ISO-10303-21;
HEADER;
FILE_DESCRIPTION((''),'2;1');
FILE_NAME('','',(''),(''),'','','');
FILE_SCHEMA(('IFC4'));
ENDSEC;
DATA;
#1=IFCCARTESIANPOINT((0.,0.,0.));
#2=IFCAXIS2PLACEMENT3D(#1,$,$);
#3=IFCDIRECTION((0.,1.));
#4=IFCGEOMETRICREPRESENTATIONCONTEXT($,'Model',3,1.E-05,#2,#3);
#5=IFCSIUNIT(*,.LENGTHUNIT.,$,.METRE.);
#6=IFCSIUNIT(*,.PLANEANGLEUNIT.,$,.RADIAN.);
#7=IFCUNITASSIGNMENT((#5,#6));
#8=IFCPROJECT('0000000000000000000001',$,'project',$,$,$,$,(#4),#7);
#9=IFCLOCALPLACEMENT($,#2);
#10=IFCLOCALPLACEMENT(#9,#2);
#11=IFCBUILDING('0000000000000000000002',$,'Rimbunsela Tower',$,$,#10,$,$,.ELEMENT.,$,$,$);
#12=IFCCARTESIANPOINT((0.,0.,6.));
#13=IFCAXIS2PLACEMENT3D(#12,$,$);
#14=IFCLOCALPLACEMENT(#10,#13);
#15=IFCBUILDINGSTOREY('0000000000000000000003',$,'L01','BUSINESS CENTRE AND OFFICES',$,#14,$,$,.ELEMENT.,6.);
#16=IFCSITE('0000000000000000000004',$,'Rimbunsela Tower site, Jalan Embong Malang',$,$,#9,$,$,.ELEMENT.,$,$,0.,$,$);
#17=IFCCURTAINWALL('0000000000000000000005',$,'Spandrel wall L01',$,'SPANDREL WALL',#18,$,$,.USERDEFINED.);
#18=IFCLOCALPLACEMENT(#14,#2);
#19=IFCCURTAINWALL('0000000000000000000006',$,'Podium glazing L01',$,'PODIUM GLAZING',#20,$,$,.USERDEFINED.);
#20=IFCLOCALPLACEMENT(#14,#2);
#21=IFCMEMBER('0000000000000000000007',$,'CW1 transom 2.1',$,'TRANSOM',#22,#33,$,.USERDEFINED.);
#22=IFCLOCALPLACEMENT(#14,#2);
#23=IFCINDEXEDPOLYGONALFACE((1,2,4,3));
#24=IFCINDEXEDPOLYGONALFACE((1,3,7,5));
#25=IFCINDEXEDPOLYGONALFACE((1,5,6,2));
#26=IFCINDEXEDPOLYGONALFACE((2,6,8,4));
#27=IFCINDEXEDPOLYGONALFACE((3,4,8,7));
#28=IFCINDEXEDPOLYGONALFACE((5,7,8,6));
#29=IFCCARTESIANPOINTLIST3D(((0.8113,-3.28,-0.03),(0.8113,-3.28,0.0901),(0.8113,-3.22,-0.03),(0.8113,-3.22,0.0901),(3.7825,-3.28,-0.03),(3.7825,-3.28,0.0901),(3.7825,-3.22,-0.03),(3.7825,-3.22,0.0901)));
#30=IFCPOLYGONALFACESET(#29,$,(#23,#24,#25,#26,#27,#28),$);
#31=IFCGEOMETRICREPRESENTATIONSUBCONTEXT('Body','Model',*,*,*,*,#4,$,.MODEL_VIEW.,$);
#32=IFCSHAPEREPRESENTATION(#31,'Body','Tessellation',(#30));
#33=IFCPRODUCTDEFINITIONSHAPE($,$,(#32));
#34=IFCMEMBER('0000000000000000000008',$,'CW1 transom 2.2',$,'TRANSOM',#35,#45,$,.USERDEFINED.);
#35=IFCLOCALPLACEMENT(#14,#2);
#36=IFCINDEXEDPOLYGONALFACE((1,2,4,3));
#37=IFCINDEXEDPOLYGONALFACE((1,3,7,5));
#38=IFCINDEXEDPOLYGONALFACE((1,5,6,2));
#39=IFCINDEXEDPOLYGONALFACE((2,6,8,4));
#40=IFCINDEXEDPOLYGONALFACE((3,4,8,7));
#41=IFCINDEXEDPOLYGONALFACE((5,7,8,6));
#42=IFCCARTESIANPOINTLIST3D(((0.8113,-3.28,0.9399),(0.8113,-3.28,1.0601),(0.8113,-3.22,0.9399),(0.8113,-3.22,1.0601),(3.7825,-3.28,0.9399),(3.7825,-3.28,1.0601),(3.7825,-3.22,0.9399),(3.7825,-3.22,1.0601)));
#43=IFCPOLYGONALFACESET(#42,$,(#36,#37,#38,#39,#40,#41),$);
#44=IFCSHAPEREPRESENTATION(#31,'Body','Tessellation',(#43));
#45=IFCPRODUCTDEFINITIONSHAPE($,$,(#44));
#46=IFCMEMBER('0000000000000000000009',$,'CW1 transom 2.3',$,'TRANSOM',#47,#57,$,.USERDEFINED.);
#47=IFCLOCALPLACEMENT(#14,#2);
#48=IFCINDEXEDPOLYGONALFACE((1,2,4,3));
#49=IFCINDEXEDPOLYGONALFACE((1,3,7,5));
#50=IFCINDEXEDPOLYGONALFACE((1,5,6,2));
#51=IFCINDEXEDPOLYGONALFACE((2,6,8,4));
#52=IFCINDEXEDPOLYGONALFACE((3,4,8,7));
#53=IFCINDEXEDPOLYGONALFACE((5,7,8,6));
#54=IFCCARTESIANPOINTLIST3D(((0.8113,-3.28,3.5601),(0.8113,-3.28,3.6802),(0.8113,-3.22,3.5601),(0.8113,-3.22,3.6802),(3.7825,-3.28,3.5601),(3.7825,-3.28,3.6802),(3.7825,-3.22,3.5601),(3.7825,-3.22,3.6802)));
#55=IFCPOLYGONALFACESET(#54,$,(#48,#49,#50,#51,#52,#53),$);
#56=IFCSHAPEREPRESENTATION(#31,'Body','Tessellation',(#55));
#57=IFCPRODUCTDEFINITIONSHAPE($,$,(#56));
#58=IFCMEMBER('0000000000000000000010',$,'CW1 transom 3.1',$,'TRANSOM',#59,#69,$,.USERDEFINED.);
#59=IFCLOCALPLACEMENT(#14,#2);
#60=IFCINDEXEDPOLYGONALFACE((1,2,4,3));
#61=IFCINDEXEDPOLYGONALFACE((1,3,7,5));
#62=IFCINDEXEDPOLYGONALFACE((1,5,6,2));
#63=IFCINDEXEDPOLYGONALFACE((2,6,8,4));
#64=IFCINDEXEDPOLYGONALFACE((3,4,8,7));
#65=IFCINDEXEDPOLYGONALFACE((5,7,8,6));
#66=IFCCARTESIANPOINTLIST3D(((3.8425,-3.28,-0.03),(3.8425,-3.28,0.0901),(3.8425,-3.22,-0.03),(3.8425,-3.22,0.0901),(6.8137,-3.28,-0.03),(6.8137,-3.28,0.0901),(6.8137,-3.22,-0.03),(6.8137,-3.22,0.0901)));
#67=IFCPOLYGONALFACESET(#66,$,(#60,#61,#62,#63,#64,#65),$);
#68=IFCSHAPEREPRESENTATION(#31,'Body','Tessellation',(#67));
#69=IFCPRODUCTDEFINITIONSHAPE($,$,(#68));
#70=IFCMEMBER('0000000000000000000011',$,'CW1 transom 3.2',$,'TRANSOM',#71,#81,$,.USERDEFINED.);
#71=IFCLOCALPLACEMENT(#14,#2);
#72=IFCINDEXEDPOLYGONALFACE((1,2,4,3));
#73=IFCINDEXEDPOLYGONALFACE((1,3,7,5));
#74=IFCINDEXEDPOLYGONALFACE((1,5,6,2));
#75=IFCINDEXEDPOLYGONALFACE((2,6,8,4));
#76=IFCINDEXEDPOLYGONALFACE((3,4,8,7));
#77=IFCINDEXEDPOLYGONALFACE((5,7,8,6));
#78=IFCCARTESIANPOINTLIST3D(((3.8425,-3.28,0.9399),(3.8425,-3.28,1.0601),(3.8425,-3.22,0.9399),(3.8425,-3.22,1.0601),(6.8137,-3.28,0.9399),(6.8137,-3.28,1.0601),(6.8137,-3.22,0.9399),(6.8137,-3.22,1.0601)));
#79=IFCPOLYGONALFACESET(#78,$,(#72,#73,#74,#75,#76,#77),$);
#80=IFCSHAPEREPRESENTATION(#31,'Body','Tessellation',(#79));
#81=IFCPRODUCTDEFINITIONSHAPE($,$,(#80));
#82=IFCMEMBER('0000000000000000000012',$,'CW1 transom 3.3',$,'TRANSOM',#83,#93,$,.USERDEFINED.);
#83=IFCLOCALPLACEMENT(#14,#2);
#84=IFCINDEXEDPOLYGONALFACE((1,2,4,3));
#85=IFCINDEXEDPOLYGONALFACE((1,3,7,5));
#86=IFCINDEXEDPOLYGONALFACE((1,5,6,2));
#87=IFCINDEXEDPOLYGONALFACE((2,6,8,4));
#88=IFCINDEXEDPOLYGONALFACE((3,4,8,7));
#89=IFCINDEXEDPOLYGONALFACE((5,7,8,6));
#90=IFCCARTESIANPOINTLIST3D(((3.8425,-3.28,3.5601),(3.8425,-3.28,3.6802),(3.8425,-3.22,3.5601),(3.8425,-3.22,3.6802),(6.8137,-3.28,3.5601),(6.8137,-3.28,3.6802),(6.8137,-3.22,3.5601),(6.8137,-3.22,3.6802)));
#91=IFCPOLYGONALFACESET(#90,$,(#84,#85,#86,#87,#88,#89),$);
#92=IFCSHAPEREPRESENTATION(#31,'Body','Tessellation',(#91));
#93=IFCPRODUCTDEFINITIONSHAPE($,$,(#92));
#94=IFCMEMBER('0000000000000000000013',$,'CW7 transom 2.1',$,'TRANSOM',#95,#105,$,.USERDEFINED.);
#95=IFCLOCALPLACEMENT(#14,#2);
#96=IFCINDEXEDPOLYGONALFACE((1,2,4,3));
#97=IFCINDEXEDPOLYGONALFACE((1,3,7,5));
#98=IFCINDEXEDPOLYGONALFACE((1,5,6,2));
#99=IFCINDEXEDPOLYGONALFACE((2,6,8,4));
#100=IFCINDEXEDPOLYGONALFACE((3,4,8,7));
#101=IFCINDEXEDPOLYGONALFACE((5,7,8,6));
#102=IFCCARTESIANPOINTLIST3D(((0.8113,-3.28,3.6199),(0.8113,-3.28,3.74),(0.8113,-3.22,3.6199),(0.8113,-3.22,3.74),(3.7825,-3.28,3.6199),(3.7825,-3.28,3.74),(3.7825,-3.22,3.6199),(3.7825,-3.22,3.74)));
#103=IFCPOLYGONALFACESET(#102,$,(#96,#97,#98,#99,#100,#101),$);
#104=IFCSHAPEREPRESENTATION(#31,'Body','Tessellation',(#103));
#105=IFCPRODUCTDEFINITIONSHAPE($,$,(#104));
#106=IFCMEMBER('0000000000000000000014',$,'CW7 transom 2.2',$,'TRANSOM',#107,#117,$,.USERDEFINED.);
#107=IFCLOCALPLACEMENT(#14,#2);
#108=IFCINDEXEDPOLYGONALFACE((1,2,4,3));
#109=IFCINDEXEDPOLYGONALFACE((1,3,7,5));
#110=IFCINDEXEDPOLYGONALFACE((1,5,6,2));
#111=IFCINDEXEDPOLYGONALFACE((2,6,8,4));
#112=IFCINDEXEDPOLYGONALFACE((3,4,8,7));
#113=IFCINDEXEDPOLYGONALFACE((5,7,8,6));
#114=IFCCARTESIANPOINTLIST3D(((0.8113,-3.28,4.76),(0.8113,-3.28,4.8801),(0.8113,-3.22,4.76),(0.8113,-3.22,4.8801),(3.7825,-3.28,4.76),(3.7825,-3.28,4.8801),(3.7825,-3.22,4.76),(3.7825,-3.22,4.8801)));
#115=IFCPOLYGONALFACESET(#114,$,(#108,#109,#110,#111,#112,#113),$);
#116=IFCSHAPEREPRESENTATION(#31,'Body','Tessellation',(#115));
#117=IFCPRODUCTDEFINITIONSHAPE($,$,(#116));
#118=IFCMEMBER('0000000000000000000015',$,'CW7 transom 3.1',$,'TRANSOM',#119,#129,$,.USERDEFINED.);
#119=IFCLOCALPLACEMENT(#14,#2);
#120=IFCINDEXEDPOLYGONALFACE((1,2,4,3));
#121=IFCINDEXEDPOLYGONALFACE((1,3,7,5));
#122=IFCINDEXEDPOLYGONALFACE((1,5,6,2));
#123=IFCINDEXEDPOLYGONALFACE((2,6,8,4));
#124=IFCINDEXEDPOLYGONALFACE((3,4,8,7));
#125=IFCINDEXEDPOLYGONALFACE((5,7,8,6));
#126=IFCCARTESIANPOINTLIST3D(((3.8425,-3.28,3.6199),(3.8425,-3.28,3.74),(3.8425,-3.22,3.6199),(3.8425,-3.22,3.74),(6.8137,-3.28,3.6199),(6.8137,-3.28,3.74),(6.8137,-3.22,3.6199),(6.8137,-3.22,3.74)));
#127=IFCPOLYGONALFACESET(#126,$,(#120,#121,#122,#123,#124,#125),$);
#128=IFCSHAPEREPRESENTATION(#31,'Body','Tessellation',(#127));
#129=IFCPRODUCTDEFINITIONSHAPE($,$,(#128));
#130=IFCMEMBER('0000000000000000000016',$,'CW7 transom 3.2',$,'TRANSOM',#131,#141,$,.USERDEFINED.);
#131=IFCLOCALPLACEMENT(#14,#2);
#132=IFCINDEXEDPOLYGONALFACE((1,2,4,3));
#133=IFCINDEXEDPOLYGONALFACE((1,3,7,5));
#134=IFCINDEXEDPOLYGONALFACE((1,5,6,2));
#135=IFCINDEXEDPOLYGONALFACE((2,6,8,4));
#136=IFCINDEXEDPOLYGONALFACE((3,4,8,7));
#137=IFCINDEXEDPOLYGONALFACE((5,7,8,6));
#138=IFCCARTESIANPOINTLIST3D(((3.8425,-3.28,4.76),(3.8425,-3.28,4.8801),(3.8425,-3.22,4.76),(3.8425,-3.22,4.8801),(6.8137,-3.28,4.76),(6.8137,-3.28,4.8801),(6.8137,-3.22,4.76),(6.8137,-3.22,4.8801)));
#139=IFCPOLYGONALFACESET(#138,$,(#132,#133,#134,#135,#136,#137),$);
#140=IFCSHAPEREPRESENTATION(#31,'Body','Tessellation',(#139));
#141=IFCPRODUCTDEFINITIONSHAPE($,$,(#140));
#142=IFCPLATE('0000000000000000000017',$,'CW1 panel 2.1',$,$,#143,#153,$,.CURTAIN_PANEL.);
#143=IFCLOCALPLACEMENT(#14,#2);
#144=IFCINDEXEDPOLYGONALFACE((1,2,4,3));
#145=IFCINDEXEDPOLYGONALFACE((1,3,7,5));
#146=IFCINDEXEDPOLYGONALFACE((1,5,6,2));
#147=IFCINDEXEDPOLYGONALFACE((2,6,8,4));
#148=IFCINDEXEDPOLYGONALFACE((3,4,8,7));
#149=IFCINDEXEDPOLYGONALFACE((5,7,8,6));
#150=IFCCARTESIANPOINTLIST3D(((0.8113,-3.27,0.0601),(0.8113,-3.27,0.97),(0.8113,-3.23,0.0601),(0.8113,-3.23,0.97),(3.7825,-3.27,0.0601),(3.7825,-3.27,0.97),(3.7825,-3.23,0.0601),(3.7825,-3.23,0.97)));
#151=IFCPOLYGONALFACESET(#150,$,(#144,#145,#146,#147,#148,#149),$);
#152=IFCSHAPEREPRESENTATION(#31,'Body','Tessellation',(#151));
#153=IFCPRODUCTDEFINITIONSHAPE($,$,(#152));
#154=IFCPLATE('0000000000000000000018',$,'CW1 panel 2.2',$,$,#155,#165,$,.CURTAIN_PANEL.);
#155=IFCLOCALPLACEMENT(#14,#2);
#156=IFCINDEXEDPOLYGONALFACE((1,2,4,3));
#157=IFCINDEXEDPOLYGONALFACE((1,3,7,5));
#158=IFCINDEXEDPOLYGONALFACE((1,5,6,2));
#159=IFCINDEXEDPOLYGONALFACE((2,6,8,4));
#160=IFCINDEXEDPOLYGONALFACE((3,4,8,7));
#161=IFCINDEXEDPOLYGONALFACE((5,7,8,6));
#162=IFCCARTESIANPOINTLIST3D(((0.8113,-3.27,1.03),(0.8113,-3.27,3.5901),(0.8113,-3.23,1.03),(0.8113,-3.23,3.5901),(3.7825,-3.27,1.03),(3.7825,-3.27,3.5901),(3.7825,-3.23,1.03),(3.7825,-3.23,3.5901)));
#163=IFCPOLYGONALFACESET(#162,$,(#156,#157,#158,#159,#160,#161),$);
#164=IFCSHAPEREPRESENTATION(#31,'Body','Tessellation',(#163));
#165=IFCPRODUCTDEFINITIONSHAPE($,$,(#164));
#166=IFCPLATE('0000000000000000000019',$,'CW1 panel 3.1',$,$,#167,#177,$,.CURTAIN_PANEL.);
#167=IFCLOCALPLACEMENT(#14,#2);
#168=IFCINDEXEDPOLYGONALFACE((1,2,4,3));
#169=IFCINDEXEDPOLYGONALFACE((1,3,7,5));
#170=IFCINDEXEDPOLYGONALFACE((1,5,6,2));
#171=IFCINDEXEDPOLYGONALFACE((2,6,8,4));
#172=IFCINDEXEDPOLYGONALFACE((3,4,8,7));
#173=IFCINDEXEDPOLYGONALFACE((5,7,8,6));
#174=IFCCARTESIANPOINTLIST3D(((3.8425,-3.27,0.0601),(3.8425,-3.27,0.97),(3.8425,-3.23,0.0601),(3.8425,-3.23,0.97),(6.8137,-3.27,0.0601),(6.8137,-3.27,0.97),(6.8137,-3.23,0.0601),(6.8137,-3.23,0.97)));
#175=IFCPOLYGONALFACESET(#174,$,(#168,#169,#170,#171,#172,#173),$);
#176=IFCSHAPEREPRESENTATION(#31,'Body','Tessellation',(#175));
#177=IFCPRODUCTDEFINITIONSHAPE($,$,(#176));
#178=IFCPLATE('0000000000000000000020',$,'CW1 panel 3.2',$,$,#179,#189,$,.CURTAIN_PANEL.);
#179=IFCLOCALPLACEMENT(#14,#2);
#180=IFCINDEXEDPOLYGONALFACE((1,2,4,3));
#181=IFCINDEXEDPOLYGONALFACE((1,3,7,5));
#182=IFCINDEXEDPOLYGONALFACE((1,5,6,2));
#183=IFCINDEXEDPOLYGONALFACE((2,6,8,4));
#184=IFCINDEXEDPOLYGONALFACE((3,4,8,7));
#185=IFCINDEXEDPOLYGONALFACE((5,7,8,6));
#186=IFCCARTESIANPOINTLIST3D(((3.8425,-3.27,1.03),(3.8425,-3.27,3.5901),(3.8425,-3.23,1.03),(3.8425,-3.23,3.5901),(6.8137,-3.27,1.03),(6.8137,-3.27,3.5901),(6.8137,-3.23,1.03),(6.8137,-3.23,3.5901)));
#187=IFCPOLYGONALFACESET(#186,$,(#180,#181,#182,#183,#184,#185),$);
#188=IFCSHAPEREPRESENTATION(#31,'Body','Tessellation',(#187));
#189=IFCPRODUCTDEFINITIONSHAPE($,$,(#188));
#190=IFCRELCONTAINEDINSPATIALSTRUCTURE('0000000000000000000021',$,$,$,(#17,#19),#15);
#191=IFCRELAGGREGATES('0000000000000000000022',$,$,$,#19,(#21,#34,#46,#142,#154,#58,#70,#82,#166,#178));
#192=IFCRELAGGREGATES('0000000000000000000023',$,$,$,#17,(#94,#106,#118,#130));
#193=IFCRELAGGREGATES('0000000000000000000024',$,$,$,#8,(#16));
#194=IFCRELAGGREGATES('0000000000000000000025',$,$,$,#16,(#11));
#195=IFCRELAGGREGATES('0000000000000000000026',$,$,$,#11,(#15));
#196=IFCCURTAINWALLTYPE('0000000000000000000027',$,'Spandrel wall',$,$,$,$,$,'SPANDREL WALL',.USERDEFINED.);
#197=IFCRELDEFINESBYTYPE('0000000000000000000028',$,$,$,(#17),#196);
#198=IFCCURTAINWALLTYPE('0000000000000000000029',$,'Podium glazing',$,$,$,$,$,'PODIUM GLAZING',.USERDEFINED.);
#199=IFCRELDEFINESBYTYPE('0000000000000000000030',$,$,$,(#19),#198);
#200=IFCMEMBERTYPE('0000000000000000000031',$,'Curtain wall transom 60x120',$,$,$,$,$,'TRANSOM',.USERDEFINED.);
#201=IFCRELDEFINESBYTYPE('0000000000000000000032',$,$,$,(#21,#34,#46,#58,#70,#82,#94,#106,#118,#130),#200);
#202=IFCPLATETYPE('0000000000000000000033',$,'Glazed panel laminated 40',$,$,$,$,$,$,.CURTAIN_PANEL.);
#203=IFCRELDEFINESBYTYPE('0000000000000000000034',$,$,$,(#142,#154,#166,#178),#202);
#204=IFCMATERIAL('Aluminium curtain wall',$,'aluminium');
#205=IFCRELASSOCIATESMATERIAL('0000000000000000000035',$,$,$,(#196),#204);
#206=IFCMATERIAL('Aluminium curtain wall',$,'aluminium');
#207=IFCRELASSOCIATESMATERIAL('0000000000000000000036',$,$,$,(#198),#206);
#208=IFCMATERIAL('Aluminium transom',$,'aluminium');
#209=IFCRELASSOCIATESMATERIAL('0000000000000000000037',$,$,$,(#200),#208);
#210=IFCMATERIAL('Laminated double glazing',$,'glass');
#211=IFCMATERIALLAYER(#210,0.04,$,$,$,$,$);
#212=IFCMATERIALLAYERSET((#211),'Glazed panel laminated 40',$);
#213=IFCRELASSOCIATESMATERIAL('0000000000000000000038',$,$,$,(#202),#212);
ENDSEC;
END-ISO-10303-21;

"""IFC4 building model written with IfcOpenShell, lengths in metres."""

from ifc_helpers import new_model, si_unit, direction, frame, origin, origin_2d, place, context, subcontext, project, spatial, rectangle, extrude, material, layer, layer_set, material_profile, profile_set, type_object, element, aggregate, save


model = new_model("IFC4")

# Units and contexts
model_context = context("Model", 3, precision=1e-05, world=origin(), true_north=direction((0.0, 1.0)))
body_context = subcontext(model_context, "Body", "Model", "MODEL_VIEW")
ifc_project = project(units=[si_unit("LENGTHUNIT", "METRE"), si_unit("PLANEANGLEUNIT", "RADIAN")], contexts=[model_context])

# Site, building, storey
site_placement = place(None, origin())
site = spatial("IfcSite", under=ifc_project, at=site_placement, Name="Rimbunsela Tower site, Jalan Embong Malang", CompositionType="ELEMENT", RefElevation=0.0)
building_placement = place(site_placement, origin())
building = spatial("IfcBuilding", under=site, at=building_placement, Name="Rimbunsela Tower", CompositionType="ELEMENT")
storey_placement = place(building_placement, frame((0.0, 0.0, 6.0)))
storey = spatial("IfcBuildingStorey", under=building, at=storey_placement, Name="L01", Description="BUSINESS CENTRE AND OFFICES", CompositionType="ELEMENT", Elevation=6.0)

# Curtain walls, members
ifc_material_1 = material(Name="Aluminium curtain wall", Category="aluminium")
curtain_wall_type_1 = type_object("IfcCurtainWallType", Name="Spandrel wall", ElementType="SPANDREL WALL", PredefinedType="USERDEFINED", material=ifc_material_1)
curtain_wall_1_placement = place(storey_placement, origin())
curtain_wall_1 = element("IfcCurtainWall", 1, at=curtain_wall_1_placement, inside=storey, type_object=curtain_wall_type_1, Name="Spandrel wall L01", ObjectType="SPANDREL WALL", PredefinedType="USERDEFINED")
ifc_material_2 = material(Name="Aluminium curtain wall", Category="aluminium")
curtain_wall_type_2 = type_object("IfcCurtainWallType", Name="Podium glazing", ElementType="PODIUM GLAZING", PredefinedType="USERDEFINED", material=ifc_material_2)
curtain_wall_2_placement = place(storey_placement, origin())
curtain_wall_2 = element("IfcCurtainWall", 2, at=curtain_wall_2_placement, inside=storey, type_object=curtain_wall_type_2, Name="Podium glazing L01", ObjectType="PODIUM GLAZING", PredefinedType="USERDEFINED")
ifc_material_3 = material(Name="Aluminium transom", Category="aluminium")
ifc_material_profile_1 = material_profile(ifc_material_3, rectangle(XDim=0.0601, YDim=0.1201, at=origin_2d()), Name="Transom 60x120")
ifc_profile_set_1 = profile_set([ifc_material_profile_1], Name="Aluminium transom")
member_type_1 = type_object("IfcMemberType", Name="Curtain wall transom 60x120", ElementType="TRANSOM", PredefinedType="USERDEFINED", material=ifc_profile_set_1)
member_1_placement = place(storey_placement, frame((0.8113, -3.25, 0.03), z_axis=(1.0, 0.0, 0.0), x_axis=(0.0, 1.0, 0.0)))
member_1 = element("IfcMember", 3, at=member_1_placement, type_object=member_type_1, Name="CW1 transom 2.1", ObjectType="TRANSOM", PredefinedType="USERDEFINED", context=body_context, shape_type="SweptSolid", body=[
    extrude(rectangle(XDim=0.0601, YDim=0.1201, at=origin_2d()), origin(), (0.0, 0.0, 1.0), 2.9712),
])
member_2_placement = place(storey_placement, frame((0.8113, -3.25, 1.0), z_axis=(1.0, 0.0, 0.0), x_axis=(0.0, 1.0, 0.0)))
member_2 = element("IfcMember", 4, at=member_2_placement, type_object=member_type_1, Name="CW1 transom 2.2", ObjectType="TRANSOM", PredefinedType="USERDEFINED", context=body_context, shape_type="SweptSolid", body=[
    extrude(rectangle(XDim=0.0601, YDim=0.1201, at=origin_2d()), origin(), (0.0, 0.0, 1.0), 2.9712),
])
member_3_placement = place(storey_placement, frame((0.8113, -3.25, 3.6201), z_axis=(1.0, 0.0, 0.0), x_axis=(0.0, 1.0, 0.0)))
member_3 = element("IfcMember", 5, at=member_3_placement, type_object=member_type_1, Name="CW1 transom 2.3", ObjectType="TRANSOM", PredefinedType="USERDEFINED", context=body_context, shape_type="SweptSolid", body=[
    extrude(rectangle(XDim=0.0601, YDim=0.1201, at=origin_2d()), origin(), (0.0, 0.0, 1.0), 2.9712),
])
member_4_placement = place(storey_placement, frame((3.8425, -3.25, 0.03), z_axis=(1.0, 0.0, 0.0), x_axis=(0.0, 1.0, 0.0)))
member_4 = element("IfcMember", 6, at=member_4_placement, type_object=member_type_1, Name="CW1 transom 3.1", ObjectType="TRANSOM", PredefinedType="USERDEFINED", context=body_context, shape_type="SweptSolid", body=[
    extrude(rectangle(XDim=0.0601, YDim=0.1201, at=origin_2d()), origin(), (0.0, 0.0, 1.0), 2.9712),
])
member_5_placement = place(storey_placement, frame((3.8425, -3.25, 1.0), z_axis=(1.0, 0.0, 0.0), x_axis=(0.0, 1.0, 0.0)))
member_5 = element("IfcMember", 7, at=member_5_placement, type_object=member_type_1, Name="CW1 transom 3.2", ObjectType="TRANSOM", PredefinedType="USERDEFINED", context=body_context, shape_type="SweptSolid", body=[
    extrude(rectangle(XDim=0.0601, YDim=0.1201, at=origin_2d()), origin(), (0.0, 0.0, 1.0), 2.9712),
])
member_6_placement = place(storey_placement, frame((3.8425, -3.25, 3.6201), z_axis=(1.0, 0.0, 0.0), x_axis=(0.0, 1.0, 0.0)))
member_6 = element("IfcMember", 8, at=member_6_placement, type_object=member_type_1, Name="CW1 transom 3.3", ObjectType="TRANSOM", PredefinedType="USERDEFINED", context=body_context, shape_type="SweptSolid", body=[
    extrude(rectangle(XDim=0.0601, YDim=0.1201, at=origin_2d()), origin(), (0.0, 0.0, 1.0), 2.9712),
])

# Members
member_7_placement = place(storey_placement, frame((0.8113, -3.25, 3.6799), z_axis=(1.0, 0.0, 0.0), x_axis=(0.0, 1.0, 0.0)))
member_7 = element("IfcMember", 9, at=member_7_placement, type_object=member_type_1, Name="CW7 transom 2.1", ObjectType="TRANSOM", PredefinedType="USERDEFINED", context=body_context, shape_type="SweptSolid", body=[
    extrude(rectangle(XDim=0.0601, YDim=0.1201, at=origin_2d()), origin(), (0.0, 0.0, 1.0), 2.9712),
])
member_8_placement = place(storey_placement, frame((0.8113, -3.25, 4.8201), z_axis=(1.0, 0.0, 0.0), x_axis=(0.0, 1.0, 0.0)))
member_8 = element("IfcMember", 10, at=member_8_placement, type_object=member_type_1, Name="CW7 transom 2.2", ObjectType="TRANSOM", PredefinedType="USERDEFINED", context=body_context, shape_type="SweptSolid", body=[
    extrude(rectangle(XDim=0.0601, YDim=0.1201, at=origin_2d()), origin(), (0.0, 0.0, 1.0), 2.9712),
])
member_9_placement = place(storey_placement, frame((3.8425, -3.25, 3.6799), z_axis=(1.0, 0.0, 0.0), x_axis=(0.0, 1.0, 0.0)))
member_9 = element("IfcMember", 11, at=member_9_placement, type_object=member_type_1, Name="CW7 transom 3.1", ObjectType="TRANSOM", PredefinedType="USERDEFINED", context=body_context, shape_type="SweptSolid", body=[
    extrude(rectangle(XDim=0.0601, YDim=0.1201, at=origin_2d()), origin(), (0.0, 0.0, 1.0), 2.9712),
])
member_10_placement = place(storey_placement, frame((3.8425, -3.25, 4.8201), z_axis=(1.0, 0.0, 0.0), x_axis=(0.0, 1.0, 0.0)))
member_10 = element("IfcMember", 12, at=member_10_placement, type_object=member_type_1, Name="CW7 transom 3.2", ObjectType="TRANSOM", PredefinedType="USERDEFINED", context=body_context, shape_type="SweptSolid", body=[
    extrude(rectangle(XDim=0.0601, YDim=0.1201, at=origin_2d()), origin(), (0.0, 0.0, 1.0), 2.9712),
])

# Plates
ifc_material_4 = material(Name="Laminated double glazing", Category="glass")
ifc_layer_1 = layer(ifc_material_4, 0.04)
ifc_layer_set_1 = layer_set([ifc_layer_1], Name="Glazed panel laminated 40")
plate_type_1 = type_object("IfcPlateType", Name="Glazed panel laminated 40", PredefinedType="CURTAIN_PANEL", material=ifc_layer_set_1)
plate_1_placement = place(storey_placement, frame((2.2969, -3.25, 0.0601), z_axis=(0.0, 0.0, 1.0), x_axis=(1.0, 0.0, 0.0)))
plate_1 = element("IfcPlate", 13, at=plate_1_placement, type_object=plate_type_1, Name="CW1 panel 2.1", PredefinedType="CURTAIN_PANEL", context=body_context, shape_type="SweptSolid", body=[
    extrude(rectangle(XDim=2.9712, YDim=0.04, at=origin_2d()), origin(), (0.0, 0.0, 1.0), 0.9099),
])
plate_2_placement = place(storey_placement, frame((2.2969, -3.25, 1.03), z_axis=(0.0, 0.0, 1.0), x_axis=(1.0, 0.0, 0.0)))
plate_2 = element("IfcPlate", 14, at=plate_2_placement, type_object=plate_type_1, Name="CW1 panel 2.2", PredefinedType="CURTAIN_PANEL", context=body_context, shape_type="SweptSolid", body=[
    extrude(rectangle(XDim=2.9712, YDim=0.04, at=origin_2d()), origin(), (0.0, 0.0, 1.0), 2.5601),
])
plate_3_placement = place(storey_placement, frame((5.3281, -3.25, 0.0601), z_axis=(0.0, 0.0, 1.0), x_axis=(1.0, 0.0, 0.0)))
plate_3 = element("IfcPlate", 15, at=plate_3_placement, type_object=plate_type_1, Name="CW1 panel 3.1", PredefinedType="CURTAIN_PANEL", context=body_context, shape_type="SweptSolid", body=[
    extrude(rectangle(XDim=2.9712, YDim=0.04, at=origin_2d()), origin(), (0.0, 0.0, 1.0), 0.9099),
])
plate_4_placement = place(storey_placement, frame((5.3281, -3.25, 1.03), z_axis=(0.0, 0.0, 1.0), x_axis=(1.0, 0.0, 0.0)))
plate_4 = element("IfcPlate", 16, at=plate_4_placement, type_object=plate_type_1, Name="CW1 panel 3.2", PredefinedType="CURTAIN_PANEL", context=body_context, shape_type="SweptSolid", body=[
    extrude(rectangle(XDim=2.9712, YDim=0.04, at=origin_2d()), origin(), (0.0, 0.0, 1.0), 2.5601),
])
aggregate(curtain_wall_2, [member_1, member_2, member_3, plate_1, plate_2, member_4, member_5, member_6, plate_3, plate_4])
aggregate(curtain_wall_1, [member_7, member_8, member_9, member_10])

save(model, "model.ifc")
